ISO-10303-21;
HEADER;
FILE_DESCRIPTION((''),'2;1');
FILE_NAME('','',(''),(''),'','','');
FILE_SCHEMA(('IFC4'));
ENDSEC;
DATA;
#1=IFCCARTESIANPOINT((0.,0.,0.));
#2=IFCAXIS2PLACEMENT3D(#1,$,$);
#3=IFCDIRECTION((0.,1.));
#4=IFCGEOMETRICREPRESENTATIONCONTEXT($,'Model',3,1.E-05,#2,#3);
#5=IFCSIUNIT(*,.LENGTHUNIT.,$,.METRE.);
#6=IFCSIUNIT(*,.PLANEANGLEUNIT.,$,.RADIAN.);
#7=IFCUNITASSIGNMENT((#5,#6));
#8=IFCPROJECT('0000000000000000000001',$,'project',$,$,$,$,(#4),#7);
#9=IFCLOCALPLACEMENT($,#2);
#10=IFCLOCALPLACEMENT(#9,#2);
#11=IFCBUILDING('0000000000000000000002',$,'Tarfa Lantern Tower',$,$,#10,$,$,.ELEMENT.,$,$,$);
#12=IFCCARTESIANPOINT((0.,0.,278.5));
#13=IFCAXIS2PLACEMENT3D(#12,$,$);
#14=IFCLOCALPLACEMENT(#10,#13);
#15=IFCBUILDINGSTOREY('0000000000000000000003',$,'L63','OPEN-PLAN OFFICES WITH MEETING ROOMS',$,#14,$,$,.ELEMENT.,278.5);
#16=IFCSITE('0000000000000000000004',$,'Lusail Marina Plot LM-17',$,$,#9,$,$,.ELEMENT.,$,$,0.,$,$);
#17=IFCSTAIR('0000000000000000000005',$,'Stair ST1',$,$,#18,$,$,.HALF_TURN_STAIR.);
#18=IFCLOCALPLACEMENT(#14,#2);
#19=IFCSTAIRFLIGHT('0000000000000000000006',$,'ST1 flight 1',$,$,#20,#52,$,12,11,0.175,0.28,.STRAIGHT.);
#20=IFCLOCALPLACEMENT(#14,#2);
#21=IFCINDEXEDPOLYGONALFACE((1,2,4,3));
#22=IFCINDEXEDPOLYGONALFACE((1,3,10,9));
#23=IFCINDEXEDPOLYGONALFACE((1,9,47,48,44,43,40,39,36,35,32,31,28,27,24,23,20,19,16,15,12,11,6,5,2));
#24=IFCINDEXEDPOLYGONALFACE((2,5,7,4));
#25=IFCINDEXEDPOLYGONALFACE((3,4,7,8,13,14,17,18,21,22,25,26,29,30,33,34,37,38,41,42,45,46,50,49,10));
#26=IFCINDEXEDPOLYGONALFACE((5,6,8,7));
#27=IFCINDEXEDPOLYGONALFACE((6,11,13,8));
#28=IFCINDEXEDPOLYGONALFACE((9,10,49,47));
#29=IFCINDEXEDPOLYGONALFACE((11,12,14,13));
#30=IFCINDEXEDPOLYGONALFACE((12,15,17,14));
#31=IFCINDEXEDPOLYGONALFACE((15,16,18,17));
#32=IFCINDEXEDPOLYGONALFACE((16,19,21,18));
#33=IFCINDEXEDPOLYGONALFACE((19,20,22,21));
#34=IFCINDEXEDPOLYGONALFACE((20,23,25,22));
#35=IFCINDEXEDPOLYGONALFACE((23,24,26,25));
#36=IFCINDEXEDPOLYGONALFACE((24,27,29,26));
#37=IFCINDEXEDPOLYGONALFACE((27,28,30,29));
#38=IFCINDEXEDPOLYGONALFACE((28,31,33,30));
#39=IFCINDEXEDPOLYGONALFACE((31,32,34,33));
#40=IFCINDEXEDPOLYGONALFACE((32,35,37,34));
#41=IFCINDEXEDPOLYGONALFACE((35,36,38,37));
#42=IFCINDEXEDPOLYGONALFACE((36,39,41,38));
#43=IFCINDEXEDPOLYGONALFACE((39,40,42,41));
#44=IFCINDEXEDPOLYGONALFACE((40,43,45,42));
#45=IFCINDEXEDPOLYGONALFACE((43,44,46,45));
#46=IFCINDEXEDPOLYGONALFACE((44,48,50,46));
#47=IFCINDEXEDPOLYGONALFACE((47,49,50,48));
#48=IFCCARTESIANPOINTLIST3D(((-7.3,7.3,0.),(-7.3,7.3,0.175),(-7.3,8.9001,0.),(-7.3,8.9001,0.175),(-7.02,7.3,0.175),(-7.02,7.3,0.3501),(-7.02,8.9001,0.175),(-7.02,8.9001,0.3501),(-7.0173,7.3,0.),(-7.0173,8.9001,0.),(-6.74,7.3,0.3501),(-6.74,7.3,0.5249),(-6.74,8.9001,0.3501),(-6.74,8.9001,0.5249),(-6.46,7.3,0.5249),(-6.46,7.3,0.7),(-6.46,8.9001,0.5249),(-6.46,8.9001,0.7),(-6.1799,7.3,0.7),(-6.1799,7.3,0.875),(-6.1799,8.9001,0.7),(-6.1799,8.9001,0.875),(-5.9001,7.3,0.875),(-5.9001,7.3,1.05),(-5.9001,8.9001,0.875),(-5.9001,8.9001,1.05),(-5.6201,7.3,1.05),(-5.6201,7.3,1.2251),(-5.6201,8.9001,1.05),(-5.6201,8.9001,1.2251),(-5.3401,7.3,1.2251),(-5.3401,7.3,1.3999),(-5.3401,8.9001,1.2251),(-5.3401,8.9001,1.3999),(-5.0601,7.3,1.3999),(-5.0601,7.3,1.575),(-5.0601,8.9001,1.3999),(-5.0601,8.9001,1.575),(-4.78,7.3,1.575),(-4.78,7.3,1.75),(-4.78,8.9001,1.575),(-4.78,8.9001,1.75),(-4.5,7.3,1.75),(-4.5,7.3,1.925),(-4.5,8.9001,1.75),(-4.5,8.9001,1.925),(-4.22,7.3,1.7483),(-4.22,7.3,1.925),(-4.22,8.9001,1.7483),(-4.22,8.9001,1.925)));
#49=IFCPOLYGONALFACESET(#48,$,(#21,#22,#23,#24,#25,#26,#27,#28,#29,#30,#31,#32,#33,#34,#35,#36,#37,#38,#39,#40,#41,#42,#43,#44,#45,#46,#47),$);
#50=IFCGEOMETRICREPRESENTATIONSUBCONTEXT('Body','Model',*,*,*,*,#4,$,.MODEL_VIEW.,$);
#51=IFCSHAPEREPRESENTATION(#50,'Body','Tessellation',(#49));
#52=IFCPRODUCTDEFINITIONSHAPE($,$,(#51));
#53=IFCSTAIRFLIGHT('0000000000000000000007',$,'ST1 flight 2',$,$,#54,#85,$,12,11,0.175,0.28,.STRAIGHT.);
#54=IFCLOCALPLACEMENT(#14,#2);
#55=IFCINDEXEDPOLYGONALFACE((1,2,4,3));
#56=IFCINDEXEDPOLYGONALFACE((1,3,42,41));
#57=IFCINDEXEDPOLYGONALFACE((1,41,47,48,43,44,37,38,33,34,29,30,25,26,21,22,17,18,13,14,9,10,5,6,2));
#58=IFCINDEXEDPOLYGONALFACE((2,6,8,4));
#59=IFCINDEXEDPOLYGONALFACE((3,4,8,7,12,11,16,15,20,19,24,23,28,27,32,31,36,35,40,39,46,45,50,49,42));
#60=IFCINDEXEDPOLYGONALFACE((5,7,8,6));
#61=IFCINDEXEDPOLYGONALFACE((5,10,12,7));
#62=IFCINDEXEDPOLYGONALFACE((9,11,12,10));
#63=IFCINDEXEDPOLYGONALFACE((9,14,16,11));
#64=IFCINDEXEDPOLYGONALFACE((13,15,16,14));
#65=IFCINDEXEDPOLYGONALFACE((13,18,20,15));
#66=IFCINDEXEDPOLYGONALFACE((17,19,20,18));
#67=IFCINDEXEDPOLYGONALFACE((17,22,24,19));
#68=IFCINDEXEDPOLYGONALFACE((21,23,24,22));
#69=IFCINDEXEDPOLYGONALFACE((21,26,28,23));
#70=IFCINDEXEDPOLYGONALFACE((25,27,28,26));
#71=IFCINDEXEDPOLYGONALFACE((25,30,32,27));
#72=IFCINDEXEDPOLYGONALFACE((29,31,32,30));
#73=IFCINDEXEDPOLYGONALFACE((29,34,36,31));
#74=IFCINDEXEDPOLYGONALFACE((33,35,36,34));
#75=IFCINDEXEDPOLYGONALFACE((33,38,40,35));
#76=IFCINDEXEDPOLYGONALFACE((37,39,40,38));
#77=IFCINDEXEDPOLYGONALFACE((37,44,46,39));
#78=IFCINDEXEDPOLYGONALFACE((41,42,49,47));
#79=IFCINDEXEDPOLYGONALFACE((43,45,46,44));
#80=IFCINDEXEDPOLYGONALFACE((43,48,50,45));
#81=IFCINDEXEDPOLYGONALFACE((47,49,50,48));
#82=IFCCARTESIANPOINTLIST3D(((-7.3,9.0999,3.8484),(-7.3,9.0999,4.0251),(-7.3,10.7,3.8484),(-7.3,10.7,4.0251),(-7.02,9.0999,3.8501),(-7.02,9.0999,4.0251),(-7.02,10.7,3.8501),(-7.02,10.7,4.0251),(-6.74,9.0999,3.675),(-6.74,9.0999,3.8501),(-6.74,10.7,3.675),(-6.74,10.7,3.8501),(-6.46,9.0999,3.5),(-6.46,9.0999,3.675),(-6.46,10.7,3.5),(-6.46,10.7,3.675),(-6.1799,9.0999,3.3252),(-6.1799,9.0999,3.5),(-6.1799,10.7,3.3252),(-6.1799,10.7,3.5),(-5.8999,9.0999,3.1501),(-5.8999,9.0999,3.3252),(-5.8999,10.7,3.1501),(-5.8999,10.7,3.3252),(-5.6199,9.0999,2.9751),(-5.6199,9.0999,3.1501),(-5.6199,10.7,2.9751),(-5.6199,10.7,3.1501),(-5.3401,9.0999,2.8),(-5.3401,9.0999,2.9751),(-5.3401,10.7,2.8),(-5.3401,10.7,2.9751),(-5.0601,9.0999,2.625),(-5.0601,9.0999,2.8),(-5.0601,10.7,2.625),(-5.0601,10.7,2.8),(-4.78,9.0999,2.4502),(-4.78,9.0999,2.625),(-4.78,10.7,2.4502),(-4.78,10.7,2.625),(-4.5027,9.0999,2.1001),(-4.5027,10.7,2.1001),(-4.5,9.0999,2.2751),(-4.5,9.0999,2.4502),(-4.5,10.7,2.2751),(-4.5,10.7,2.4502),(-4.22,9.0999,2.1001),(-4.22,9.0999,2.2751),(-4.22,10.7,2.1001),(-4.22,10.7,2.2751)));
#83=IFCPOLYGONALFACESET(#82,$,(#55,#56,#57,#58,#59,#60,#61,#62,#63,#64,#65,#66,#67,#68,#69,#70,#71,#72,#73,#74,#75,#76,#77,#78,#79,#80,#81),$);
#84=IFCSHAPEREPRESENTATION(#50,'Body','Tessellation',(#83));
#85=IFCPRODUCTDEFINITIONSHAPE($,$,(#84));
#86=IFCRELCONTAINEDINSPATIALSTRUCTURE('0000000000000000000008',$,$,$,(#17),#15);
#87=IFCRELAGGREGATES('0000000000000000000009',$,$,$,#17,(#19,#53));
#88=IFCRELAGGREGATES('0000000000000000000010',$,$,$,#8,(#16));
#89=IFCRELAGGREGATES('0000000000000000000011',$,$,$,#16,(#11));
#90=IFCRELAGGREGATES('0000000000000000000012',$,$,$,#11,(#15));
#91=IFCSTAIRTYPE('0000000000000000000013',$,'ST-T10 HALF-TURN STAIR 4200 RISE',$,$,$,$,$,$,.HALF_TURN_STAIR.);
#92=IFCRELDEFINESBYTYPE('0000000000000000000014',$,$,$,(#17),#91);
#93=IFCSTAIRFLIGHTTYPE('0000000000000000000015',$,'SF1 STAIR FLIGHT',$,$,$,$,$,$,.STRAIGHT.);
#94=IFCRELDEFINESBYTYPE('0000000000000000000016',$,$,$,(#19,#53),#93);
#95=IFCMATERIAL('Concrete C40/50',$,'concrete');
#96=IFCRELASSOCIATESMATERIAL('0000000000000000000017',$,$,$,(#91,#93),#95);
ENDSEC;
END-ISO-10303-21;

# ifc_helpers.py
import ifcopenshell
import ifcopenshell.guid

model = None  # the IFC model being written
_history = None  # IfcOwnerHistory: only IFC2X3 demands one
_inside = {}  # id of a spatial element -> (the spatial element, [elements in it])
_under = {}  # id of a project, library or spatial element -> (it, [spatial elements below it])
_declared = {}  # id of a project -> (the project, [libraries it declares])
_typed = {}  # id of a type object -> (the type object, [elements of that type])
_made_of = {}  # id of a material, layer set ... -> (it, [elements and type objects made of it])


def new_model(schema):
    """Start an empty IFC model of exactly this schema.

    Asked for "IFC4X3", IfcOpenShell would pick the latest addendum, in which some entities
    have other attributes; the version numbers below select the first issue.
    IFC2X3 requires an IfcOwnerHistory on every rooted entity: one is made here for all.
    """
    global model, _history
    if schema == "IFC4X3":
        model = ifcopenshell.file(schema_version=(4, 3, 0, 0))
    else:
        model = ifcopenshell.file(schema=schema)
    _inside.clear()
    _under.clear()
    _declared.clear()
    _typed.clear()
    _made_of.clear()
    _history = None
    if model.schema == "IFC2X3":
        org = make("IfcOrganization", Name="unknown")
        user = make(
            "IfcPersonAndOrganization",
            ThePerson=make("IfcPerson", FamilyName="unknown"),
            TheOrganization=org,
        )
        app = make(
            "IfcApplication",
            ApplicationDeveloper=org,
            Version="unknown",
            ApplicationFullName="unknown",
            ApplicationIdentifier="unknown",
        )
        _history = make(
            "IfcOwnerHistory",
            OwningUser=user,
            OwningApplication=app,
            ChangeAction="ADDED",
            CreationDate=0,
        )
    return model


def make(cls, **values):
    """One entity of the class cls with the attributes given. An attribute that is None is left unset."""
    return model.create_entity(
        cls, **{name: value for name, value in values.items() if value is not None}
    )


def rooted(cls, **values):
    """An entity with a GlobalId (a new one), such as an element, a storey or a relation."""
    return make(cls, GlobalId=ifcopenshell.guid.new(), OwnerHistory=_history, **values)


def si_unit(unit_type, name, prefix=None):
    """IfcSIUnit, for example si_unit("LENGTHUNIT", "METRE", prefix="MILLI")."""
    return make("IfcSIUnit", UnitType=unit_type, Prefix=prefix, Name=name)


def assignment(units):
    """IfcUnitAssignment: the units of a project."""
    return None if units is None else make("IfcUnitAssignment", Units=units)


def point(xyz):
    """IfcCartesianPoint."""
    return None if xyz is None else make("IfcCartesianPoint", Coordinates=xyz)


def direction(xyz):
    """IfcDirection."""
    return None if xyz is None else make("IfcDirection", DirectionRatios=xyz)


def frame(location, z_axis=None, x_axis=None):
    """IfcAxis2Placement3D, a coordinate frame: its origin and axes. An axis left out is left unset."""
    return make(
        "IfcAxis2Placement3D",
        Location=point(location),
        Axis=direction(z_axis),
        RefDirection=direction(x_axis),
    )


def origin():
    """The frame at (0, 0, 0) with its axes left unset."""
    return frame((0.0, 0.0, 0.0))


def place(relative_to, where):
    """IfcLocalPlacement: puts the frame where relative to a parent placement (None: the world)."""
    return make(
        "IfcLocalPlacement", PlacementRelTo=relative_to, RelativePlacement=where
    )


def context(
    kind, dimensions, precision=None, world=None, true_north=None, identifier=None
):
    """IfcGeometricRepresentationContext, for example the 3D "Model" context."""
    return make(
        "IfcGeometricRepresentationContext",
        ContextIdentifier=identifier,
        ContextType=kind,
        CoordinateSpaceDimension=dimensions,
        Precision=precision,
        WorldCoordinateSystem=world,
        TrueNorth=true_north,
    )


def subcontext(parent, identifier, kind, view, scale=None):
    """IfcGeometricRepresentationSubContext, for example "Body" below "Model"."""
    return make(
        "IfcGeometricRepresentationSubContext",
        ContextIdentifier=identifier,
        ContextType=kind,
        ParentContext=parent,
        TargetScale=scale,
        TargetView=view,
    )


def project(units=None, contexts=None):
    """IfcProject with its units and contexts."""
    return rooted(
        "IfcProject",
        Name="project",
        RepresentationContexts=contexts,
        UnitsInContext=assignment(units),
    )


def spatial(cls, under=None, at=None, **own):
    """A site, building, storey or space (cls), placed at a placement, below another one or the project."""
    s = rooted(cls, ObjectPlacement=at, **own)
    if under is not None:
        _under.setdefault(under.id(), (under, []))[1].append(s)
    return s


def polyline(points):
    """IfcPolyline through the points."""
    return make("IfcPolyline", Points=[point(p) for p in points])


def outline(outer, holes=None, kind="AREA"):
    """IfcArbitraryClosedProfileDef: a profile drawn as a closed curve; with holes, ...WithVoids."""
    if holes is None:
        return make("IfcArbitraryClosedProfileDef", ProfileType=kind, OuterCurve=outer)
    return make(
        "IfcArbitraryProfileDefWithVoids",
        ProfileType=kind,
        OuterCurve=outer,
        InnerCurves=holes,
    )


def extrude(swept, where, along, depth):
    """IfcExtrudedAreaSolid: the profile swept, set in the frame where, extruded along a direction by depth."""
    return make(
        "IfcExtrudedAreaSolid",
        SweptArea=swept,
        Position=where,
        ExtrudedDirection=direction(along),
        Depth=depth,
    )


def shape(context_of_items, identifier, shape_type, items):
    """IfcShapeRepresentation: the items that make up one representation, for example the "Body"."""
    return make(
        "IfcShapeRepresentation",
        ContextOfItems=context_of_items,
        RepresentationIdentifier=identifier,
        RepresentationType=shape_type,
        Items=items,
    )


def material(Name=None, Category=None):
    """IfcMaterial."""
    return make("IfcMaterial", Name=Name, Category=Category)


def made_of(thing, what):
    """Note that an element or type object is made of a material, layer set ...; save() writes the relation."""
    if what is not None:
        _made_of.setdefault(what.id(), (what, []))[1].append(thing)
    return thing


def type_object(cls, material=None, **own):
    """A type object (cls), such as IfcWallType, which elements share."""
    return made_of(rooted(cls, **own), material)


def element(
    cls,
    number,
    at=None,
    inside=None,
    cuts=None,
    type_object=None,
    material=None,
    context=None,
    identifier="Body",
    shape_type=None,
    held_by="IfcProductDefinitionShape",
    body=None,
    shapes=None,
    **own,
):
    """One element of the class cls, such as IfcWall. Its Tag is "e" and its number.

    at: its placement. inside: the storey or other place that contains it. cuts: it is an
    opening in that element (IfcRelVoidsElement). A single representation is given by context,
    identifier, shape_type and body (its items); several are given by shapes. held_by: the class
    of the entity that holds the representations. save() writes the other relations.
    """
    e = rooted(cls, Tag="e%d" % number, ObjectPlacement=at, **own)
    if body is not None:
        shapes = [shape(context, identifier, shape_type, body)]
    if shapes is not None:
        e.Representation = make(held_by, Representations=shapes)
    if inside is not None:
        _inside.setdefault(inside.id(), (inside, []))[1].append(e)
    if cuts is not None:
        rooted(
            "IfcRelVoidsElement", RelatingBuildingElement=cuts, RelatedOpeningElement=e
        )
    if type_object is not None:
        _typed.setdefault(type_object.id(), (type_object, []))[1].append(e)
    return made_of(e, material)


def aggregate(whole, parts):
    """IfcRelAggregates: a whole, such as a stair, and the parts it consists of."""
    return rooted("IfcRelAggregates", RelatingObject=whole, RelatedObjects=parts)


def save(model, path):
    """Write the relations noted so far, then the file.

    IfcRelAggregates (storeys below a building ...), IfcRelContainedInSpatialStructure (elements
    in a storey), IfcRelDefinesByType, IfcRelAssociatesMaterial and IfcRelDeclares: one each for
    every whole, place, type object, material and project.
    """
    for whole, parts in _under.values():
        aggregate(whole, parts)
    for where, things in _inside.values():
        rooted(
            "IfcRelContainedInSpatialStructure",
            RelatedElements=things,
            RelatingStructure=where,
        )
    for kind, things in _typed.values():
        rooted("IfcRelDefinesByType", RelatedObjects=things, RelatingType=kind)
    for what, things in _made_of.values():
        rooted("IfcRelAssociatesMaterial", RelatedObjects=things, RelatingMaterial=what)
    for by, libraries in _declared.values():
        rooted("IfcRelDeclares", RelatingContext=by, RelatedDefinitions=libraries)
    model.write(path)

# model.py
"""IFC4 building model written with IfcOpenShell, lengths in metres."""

from ifc_helpers import new_model, si_unit, direction, frame, origin, place, context, subcontext, project, spatial, polyline, outline, extrude, material, type_object, element, aggregate, save


model = new_model("IFC4")

# Units and contexts
model_context = context("Model", 3, precision=1e-05, world=origin(), true_north=direction((0.0, 1.0)))
body_context = subcontext(model_context, "Body", "Model", "MODEL_VIEW")
ifc_project = project(units=[si_unit("LENGTHUNIT", "METRE"), si_unit("PLANEANGLEUNIT", "RADIAN")], contexts=[model_context])

# Site, building, storey
site_placement = place(None, origin())
site = spatial("IfcSite", under=ifc_project, at=site_placement, Name="Lusail Marina Plot LM-17", CompositionType="ELEMENT", RefElevation=0.0)
building_placement = place(site_placement, origin())
building = spatial("IfcBuilding", under=site, at=building_placement, Name="Tarfa Lantern Tower", CompositionType="ELEMENT")
storey_placement = place(building_placement, frame((0.0, 0.0, 278.5)))
storey = spatial("IfcBuildingStorey", under=building, at=storey_placement, Name="L63", Description="OPEN-PLAN OFFICES WITH MEETING ROOMS", CompositionType="ELEMENT", Elevation=278.5)

# Stair, stair flights
ifc_material_1 = material(Name="Concrete C40/50", Category="concrete")
stair_type = type_object("IfcStairType", Name="ST-T10 HALF-TURN STAIR 4200 RISE", PredefinedType="HALF_TURN_STAIR", material=ifc_material_1)
stair_placement = place(storey_placement, origin())
stair = element("IfcStair", 1, at=stair_placement, inside=storey, type_object=stair_type, Name="Stair ST1", PredefinedType="HALF_TURN_STAIR")
stair_flight_type = type_object("IfcStairFlightType", Name="SF1 STAIR FLIGHT", PredefinedType="STRAIGHT", material=ifc_material_1)
stair_flight_1_placement = place(storey_placement, frame((-7.3, 8.1001, 0.0), z_axis=(0.0, 0.0, 1.0), x_axis=(1.0, 0.0, 0.0)))
stair_flight_1 = element("IfcStairFlight", 2, at=stair_flight_1_placement, type_object=stair_flight_type, Name="ST1 flight 1", NumberOfRisers=12, NumberOfTreads=11, PredefinedType="STRAIGHT", RiserHeight=0.175, TreadLength=0.28, context=body_context, shape_type="SweptSolid", body=[
    extrude(outline(polyline([(0.0, 0.0), (0.0, 0.175), (0.28, 0.175), (0.28, 0.3501), (0.5601, 0.3501), (0.5601, 0.5249), (0.8401, 0.5249), (0.8401, 0.7), (1.1201, 0.7), (1.1201, 0.875), (1.3999, 0.875), (1.3999, 1.05), (1.6799, 1.05), (1.6799, 1.2251), (1.96, 1.2251), (1.96, 1.3999), (2.24, 1.3999), (2.24, 1.575), (2.52, 1.575), (2.52, 1.75), (2.8, 1.75), (2.8, 1.925), (3.0801, 1.925), (3.0801, 2.1001), (3.0801, 1.7483), (0.2827, 0.0), (0.0, 0.0)])), frame((0.0, 0.8, 0.0), z_axis=(0.0, -1.0, 0.0), x_axis=(1.0, 0.0, 0.0)), (0.0, 0.0, 1.0), 1.6001),
])
stair_flight_2_placement = place(storey_placement, frame((-4.22, 9.8999, 2.1001), z_axis=(0.0, 0.0, 1.0), x_axis=(-1.0, 0.0, 0.0)))
stair_flight_2 = element("IfcStairFlight", 3, at=stair_flight_2_placement, type_object=stair_flight_type, Name="ST1 flight 2", NumberOfRisers=12, NumberOfTreads=11, PredefinedType="STRAIGHT", RiserHeight=0.175, TreadLength=0.28, context=body_context, shape_type="SweptSolid", body=[
    extrude(outline(polyline([(0.0, 0.0), (0.0, 0.175), (0.28, 0.175), (0.28, 0.3501), (0.5601, 0.3501), (0.5601, 0.5249), (0.8401, 0.5249), (0.8401, 0.7), (1.1201, 0.7), (1.1201, 0.875), (1.3999, 0.875), (1.3999, 1.05), (1.6799, 1.05), (1.6799, 1.2251), (1.96, 1.2251), (1.96, 1.3999), (2.24, 1.3999), (2.24, 1.575), (2.52, 1.575), (2.52, 1.75), (2.8, 1.75), (2.8, 1.925), (3.0801, 1.925), (3.0801, 2.1001), (3.0801, 1.7483), (0.2827, 0.0), (0.0, 0.0)])), frame((0.0, 0.8, 0.0), z_axis=(0.0, -1.0, 0.0), x_axis=(1.0, 0.0, 0.0)), (0.0, 0.0, 1.0), 1.6001),
])
aggregate(stair, [stair_flight_1, stair_flight_2])

save(model, "model.ifc")
